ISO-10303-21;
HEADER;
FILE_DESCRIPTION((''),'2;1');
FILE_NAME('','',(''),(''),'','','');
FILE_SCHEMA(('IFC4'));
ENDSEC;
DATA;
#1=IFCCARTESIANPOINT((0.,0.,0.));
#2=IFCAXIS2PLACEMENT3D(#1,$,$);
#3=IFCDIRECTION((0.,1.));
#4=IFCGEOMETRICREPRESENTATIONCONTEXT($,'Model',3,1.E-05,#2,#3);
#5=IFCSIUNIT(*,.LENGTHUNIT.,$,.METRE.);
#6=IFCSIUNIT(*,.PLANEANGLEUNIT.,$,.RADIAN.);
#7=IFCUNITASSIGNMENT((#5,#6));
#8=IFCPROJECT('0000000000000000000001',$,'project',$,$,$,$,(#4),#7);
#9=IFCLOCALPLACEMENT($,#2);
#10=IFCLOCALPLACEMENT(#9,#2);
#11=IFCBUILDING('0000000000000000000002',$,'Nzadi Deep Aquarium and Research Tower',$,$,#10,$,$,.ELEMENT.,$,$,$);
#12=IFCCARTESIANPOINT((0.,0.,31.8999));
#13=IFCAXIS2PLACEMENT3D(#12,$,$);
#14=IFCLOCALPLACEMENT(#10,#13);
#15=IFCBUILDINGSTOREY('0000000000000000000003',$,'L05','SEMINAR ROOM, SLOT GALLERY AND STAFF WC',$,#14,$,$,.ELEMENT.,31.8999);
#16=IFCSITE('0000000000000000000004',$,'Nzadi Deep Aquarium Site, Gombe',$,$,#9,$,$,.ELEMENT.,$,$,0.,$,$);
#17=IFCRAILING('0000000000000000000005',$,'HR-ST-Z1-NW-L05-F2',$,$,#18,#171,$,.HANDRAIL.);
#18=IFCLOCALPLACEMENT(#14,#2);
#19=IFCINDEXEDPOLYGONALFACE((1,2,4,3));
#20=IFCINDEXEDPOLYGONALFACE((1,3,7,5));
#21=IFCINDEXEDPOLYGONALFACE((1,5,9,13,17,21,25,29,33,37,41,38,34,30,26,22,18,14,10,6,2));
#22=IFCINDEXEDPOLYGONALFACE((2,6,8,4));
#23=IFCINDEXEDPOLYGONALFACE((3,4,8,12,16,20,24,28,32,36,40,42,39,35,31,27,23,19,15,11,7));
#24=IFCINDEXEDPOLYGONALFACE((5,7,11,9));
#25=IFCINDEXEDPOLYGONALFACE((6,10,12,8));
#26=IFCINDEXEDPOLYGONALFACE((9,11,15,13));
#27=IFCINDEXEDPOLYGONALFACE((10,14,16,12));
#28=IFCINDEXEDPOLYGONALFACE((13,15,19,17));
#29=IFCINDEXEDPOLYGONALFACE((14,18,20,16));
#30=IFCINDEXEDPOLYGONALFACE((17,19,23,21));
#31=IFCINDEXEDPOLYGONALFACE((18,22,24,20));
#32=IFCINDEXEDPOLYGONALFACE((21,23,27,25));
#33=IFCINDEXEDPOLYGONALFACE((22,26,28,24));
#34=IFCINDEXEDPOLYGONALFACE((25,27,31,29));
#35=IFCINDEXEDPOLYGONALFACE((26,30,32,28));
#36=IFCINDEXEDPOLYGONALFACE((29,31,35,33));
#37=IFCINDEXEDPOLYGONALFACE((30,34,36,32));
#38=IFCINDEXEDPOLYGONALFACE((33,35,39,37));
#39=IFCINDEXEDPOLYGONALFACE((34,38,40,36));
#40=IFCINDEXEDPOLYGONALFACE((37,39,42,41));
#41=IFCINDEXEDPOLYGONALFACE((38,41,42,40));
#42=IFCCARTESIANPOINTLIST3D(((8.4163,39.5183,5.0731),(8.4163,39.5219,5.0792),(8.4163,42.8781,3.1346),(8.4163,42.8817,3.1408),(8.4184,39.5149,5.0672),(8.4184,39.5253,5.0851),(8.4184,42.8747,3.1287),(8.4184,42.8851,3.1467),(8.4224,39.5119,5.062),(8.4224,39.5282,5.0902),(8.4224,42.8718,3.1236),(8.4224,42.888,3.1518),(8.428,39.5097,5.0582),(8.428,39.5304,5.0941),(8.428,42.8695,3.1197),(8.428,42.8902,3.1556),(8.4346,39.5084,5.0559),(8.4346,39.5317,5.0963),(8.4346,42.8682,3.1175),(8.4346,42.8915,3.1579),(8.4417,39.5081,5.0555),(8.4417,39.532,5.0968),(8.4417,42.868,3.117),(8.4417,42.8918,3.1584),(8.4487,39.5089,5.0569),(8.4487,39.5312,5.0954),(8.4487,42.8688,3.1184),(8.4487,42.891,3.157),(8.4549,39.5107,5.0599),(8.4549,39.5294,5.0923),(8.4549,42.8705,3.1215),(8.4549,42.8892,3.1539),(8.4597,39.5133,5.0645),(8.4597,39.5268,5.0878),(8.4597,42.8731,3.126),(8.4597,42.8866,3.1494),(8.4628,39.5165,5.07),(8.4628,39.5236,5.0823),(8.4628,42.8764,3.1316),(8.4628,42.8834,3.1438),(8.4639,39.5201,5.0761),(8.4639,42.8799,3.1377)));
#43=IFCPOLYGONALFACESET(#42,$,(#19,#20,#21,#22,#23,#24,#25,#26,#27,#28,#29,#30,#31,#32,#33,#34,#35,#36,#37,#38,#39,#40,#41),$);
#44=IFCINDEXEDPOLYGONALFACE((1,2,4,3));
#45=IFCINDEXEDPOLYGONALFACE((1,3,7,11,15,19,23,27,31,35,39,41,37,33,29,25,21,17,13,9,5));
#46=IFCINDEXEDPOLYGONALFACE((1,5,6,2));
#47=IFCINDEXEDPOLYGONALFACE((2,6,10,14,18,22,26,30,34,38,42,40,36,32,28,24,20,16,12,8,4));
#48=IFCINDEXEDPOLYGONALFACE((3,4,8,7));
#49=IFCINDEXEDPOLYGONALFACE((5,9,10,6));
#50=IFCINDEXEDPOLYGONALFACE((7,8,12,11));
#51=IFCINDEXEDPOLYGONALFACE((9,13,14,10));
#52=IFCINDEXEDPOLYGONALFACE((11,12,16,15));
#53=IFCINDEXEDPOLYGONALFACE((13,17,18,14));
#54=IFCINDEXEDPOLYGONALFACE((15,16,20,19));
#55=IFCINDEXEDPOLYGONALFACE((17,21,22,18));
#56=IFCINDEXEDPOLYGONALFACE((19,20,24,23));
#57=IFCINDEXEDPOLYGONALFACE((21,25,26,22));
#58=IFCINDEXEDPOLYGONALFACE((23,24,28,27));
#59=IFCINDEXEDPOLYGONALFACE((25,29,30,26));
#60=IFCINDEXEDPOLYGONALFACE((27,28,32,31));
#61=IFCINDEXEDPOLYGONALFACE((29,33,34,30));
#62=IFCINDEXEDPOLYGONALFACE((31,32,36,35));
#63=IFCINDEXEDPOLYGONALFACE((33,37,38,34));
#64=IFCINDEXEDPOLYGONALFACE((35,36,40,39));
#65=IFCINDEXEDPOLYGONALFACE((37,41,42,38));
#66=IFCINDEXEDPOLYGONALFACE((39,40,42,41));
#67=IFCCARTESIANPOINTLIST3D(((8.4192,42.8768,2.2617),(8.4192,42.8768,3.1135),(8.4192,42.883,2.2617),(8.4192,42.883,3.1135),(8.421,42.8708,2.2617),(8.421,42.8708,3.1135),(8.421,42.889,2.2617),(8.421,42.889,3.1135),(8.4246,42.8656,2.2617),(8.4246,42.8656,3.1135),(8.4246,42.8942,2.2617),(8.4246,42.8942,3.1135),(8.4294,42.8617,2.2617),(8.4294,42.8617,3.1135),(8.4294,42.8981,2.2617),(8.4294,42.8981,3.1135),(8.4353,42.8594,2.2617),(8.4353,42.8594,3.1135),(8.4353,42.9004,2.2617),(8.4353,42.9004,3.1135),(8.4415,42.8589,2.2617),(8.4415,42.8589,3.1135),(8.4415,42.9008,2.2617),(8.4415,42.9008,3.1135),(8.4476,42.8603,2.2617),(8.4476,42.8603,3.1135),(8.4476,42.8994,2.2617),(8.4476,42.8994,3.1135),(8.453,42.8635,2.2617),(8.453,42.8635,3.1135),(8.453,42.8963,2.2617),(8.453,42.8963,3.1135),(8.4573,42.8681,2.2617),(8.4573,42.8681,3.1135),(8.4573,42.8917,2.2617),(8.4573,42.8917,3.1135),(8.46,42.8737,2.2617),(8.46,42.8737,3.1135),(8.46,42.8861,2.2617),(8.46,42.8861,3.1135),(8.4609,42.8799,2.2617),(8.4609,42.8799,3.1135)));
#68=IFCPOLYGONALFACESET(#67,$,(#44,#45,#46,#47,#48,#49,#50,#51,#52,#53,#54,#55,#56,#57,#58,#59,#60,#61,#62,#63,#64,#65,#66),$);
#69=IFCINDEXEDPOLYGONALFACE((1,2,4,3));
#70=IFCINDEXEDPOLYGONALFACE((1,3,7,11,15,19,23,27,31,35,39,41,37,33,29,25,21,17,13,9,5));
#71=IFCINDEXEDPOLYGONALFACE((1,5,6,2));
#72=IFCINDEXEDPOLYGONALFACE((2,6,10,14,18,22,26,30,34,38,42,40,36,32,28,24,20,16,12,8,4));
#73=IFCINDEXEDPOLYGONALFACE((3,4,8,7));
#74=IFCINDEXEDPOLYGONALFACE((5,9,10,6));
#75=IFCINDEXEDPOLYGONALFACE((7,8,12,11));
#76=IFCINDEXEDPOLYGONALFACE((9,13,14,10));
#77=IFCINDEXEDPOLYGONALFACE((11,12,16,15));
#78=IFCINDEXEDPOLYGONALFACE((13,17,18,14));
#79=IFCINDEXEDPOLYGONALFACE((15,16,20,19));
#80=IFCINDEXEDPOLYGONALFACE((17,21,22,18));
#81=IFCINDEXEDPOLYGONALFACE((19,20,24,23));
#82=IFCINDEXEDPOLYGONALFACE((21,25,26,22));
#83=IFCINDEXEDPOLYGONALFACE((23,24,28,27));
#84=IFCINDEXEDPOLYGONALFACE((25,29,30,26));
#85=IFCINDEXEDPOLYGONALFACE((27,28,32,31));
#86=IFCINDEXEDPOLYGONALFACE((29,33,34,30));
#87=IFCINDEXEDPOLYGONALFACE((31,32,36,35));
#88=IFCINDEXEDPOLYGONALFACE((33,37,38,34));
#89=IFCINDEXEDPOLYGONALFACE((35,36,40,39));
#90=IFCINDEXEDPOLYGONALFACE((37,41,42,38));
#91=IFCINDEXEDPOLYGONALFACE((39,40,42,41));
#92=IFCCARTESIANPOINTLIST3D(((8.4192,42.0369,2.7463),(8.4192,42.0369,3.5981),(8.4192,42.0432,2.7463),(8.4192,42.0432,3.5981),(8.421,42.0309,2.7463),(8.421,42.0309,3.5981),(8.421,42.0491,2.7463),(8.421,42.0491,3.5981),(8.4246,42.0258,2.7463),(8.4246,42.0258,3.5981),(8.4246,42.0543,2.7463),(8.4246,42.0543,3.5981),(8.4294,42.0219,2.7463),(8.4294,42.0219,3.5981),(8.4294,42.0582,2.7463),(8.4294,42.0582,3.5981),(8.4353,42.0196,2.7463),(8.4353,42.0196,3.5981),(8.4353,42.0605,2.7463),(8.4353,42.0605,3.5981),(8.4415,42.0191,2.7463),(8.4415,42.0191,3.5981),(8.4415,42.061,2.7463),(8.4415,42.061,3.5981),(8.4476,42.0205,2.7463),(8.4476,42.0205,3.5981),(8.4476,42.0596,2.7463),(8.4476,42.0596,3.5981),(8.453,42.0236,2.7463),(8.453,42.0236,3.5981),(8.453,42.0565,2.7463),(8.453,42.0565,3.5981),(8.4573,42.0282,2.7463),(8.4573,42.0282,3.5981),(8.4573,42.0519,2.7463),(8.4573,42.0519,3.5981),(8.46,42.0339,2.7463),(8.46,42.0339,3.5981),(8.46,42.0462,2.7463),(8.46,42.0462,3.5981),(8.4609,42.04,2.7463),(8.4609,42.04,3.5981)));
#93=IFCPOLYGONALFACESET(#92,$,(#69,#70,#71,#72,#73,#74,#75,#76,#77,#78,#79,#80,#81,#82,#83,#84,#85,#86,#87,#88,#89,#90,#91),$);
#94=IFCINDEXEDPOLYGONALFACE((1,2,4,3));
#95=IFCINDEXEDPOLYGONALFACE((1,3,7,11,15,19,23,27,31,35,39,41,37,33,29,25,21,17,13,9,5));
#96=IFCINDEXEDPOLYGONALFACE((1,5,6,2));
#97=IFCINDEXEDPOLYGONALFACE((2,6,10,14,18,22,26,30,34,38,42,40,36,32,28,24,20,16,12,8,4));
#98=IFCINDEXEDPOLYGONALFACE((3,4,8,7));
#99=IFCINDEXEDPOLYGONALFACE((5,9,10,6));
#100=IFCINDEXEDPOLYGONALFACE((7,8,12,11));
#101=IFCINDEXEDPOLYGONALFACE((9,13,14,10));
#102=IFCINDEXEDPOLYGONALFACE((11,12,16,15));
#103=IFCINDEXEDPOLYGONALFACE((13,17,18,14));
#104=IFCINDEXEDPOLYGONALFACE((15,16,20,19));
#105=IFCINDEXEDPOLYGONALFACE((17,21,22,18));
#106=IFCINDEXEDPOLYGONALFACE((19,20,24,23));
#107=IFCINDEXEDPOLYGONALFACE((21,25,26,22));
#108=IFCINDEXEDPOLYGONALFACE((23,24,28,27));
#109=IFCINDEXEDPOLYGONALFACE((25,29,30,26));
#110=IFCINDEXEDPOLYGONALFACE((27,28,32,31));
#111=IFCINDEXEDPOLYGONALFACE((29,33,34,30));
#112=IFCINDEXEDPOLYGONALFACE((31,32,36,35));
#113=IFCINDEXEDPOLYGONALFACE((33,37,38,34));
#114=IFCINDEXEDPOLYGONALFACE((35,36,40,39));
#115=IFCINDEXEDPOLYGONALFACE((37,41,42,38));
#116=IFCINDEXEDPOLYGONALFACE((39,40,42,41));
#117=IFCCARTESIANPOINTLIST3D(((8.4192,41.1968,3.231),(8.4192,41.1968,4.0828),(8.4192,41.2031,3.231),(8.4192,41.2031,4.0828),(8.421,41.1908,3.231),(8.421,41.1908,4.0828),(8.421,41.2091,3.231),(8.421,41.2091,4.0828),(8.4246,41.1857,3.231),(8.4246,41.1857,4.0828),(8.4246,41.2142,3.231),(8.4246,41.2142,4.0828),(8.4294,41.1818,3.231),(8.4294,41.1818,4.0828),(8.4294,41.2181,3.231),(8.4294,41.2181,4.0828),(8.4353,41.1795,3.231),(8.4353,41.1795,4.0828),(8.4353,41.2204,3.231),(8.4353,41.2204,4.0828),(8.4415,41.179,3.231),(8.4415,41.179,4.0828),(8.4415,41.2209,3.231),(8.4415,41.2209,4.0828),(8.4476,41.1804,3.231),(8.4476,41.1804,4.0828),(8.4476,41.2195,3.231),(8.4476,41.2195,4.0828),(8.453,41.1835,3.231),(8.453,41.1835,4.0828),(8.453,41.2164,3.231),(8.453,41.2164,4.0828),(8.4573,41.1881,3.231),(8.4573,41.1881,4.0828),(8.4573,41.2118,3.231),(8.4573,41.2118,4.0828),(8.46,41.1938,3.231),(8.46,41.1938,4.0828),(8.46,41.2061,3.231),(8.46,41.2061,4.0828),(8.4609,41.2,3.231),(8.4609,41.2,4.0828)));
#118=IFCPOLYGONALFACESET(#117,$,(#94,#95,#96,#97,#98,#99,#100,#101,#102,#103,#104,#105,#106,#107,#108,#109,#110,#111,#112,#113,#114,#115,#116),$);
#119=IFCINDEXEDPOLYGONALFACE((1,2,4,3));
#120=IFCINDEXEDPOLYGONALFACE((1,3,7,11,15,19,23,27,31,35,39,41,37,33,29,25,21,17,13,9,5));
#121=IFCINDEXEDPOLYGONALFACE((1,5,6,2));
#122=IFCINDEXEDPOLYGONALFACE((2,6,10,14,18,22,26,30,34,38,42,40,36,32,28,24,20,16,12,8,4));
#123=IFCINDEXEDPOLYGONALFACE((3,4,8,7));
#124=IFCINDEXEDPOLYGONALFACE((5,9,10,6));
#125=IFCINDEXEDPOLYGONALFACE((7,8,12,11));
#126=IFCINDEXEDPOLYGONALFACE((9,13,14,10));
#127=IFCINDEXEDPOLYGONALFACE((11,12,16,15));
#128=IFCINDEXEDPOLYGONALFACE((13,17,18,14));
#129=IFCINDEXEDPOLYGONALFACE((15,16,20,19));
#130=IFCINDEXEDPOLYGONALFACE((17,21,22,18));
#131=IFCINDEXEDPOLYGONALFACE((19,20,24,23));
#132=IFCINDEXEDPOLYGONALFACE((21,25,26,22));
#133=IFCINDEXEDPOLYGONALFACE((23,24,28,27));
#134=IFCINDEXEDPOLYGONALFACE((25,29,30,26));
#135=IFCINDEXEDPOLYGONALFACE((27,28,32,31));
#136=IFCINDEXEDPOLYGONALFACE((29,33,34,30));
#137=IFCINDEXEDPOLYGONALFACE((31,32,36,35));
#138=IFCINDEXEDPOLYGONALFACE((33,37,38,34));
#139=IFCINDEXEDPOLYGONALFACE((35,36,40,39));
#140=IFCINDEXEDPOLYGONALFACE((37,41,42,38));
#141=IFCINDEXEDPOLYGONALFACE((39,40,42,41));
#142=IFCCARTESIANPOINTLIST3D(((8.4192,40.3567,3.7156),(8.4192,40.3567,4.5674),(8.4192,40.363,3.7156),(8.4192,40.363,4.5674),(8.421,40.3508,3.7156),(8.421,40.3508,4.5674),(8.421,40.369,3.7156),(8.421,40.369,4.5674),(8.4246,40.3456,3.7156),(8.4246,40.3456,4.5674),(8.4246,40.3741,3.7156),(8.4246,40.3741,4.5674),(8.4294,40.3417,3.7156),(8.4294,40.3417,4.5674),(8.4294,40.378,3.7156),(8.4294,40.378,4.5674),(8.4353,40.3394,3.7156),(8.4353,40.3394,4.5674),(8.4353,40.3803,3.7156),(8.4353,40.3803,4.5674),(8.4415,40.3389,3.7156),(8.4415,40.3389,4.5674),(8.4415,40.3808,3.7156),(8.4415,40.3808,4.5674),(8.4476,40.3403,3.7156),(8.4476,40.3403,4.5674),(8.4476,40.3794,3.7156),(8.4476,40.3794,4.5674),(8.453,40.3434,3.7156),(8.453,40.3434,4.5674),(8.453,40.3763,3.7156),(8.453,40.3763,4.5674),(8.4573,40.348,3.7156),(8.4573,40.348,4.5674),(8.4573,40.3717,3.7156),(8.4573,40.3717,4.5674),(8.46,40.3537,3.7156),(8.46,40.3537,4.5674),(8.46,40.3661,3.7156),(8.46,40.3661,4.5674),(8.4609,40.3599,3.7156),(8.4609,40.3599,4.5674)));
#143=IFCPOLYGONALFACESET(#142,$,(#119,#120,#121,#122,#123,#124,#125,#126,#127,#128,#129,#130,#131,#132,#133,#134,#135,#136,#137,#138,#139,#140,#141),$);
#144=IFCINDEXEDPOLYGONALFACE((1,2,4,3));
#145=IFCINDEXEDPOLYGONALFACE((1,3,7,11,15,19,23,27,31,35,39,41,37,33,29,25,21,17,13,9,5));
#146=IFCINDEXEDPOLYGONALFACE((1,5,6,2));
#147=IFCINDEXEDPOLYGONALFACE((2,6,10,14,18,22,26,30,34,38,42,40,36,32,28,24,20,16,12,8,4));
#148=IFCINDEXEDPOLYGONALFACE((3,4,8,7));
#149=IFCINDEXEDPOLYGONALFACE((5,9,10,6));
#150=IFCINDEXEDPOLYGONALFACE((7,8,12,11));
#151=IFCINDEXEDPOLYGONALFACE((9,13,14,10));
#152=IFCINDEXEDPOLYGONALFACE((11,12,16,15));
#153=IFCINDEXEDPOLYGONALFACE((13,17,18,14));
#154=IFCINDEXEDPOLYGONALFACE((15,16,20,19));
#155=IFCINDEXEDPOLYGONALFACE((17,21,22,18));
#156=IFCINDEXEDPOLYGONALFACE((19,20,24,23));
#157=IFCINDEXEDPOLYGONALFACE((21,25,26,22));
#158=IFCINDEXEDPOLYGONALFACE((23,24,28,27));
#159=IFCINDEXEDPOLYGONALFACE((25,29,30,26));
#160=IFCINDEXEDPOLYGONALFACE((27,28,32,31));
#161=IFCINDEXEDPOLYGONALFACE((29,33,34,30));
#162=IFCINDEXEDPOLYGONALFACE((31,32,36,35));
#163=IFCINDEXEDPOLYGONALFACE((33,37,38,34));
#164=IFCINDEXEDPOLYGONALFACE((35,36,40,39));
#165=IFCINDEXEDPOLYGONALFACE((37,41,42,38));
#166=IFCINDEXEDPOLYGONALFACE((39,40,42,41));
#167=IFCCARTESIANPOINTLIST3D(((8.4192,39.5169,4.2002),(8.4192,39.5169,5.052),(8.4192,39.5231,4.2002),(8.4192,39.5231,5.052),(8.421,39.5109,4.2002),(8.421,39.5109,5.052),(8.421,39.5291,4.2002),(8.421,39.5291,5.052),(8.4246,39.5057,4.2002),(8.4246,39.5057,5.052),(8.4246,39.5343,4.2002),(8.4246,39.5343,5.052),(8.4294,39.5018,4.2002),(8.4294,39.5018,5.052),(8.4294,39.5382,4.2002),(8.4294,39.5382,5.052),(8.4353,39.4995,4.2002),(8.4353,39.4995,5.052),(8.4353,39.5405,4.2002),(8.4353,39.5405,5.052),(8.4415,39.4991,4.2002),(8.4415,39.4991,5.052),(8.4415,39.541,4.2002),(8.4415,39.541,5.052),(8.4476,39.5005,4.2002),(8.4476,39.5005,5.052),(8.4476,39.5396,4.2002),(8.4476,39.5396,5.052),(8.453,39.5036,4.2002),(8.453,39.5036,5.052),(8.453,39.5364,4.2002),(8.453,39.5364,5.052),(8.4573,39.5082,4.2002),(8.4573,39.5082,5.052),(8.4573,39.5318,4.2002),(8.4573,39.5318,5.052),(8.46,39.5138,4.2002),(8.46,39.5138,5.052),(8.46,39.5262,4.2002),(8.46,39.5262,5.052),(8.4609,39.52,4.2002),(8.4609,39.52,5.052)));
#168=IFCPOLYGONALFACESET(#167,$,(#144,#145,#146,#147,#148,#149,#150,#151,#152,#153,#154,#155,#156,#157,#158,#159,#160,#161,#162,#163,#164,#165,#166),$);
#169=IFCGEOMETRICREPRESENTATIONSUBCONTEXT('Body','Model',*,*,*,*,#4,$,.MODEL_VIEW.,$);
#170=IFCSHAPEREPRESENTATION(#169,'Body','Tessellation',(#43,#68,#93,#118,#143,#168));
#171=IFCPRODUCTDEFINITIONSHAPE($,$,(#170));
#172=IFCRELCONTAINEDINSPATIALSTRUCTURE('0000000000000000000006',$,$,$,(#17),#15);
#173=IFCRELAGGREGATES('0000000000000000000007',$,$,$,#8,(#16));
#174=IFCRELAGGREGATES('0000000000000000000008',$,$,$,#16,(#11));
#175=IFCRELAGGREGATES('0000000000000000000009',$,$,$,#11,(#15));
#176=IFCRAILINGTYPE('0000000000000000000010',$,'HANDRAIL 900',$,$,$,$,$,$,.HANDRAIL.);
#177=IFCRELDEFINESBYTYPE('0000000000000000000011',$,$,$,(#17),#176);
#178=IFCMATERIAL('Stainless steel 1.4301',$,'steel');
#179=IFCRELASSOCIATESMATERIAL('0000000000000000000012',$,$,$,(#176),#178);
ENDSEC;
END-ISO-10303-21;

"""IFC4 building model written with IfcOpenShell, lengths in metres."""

from ifc_helpers import new_model, si_unit, direction, frame, origin, origin_2d, place, context, subcontext, project, spatial, circle, extrude, material, type_object, element, save


model = new_model("IFC4")

# Units and contexts
model_context = context("Model", 3, precision=1e-05, world=origin(), true_north=direction((0.0, 1.0)))
body_context = subcontext(model_context, "Body", "Model", "MODEL_VIEW")
ifc_project = project(units=[si_unit("LENGTHUNIT", "METRE"), si_unit("PLANEANGLEUNIT", "RADIAN")], contexts=[model_context])

# Site, building, storey
site_placement = place(None, origin())
site = spatial("IfcSite", under=ifc_project, at=site_placement, Name="Nzadi Deep Aquarium Site, Gombe", CompositionType="ELEMENT", RefElevation=0.0)
building_placement = place(site_placement, origin())
building = spatial("IfcBuilding", under=site, at=building_placement, Name="Nzadi Deep Aquarium and Research Tower", CompositionType="ELEMENT")
storey_placement = place(building_placement, frame((0.0, 0.0, 31.8999)))
storey = spatial("IfcBuildingStorey", under=building, at=storey_placement, Name="L05", Description="SEMINAR ROOM, SLOT GALLERY AND STAFF WC", CompositionType="ELEMENT", Elevation=31.8999)

# Railing
ifc_material_1 = material(Name="Stainless steel 1.4301", Category="steel")
railing_type = type_object("IfcRailingType", Name="HANDRAIL 900", PredefinedType="HANDRAIL", material=ifc_material_1)
for number, where, name in (
    (1, (8.4399, 42.8799, 2.2617), "HR-ST-Z1-NW-L05-F2"),
):
    element("IfcRailing", number, at=place(storey_placement, frame(where)), inside=storey, type_object=railing_type, Name=name, PredefinedType="HANDRAIL", context=body_context, shape_type="SweptSolid", body=[
        extrude(circle(Radius=0.0239, at=origin_2d()), frame((0.0, 0.0, 0.876), z_axis=(0.0, -0.866175, 0.499741), x_axis=(1.0, 0.0, 0.0)), (0.0, 0.0, 1.0), 3.8789),
        extrude(circle(Radius=0.021, at=origin_2d()), origin(), (0.0, 0.0, 1.0), 0.8518),
        extrude(circle(Radius=0.021, at=origin_2d()), frame((0.0, -0.8398, 0.4846)), (0.0, 0.0, 1.0), 0.8518),
        extrude(circle(Radius=0.021, at=origin_2d()), frame((0.0, -1.6799, 0.9692)), (0.0, 0.0, 1.0), 0.8518),
        extrude(circle(Radius=0.021, at=origin_2d()), frame((0.0, -2.52, 1.4539)), (0.0, 0.0, 1.0), 0.8518),
        extrude(circle(Radius=0.021, at=origin_2d()), frame((0.0, -3.3599, 1.9385)), (0.0, 0.0, 1.0), 0.8518),
    ])

save(model, "model.ifc")
